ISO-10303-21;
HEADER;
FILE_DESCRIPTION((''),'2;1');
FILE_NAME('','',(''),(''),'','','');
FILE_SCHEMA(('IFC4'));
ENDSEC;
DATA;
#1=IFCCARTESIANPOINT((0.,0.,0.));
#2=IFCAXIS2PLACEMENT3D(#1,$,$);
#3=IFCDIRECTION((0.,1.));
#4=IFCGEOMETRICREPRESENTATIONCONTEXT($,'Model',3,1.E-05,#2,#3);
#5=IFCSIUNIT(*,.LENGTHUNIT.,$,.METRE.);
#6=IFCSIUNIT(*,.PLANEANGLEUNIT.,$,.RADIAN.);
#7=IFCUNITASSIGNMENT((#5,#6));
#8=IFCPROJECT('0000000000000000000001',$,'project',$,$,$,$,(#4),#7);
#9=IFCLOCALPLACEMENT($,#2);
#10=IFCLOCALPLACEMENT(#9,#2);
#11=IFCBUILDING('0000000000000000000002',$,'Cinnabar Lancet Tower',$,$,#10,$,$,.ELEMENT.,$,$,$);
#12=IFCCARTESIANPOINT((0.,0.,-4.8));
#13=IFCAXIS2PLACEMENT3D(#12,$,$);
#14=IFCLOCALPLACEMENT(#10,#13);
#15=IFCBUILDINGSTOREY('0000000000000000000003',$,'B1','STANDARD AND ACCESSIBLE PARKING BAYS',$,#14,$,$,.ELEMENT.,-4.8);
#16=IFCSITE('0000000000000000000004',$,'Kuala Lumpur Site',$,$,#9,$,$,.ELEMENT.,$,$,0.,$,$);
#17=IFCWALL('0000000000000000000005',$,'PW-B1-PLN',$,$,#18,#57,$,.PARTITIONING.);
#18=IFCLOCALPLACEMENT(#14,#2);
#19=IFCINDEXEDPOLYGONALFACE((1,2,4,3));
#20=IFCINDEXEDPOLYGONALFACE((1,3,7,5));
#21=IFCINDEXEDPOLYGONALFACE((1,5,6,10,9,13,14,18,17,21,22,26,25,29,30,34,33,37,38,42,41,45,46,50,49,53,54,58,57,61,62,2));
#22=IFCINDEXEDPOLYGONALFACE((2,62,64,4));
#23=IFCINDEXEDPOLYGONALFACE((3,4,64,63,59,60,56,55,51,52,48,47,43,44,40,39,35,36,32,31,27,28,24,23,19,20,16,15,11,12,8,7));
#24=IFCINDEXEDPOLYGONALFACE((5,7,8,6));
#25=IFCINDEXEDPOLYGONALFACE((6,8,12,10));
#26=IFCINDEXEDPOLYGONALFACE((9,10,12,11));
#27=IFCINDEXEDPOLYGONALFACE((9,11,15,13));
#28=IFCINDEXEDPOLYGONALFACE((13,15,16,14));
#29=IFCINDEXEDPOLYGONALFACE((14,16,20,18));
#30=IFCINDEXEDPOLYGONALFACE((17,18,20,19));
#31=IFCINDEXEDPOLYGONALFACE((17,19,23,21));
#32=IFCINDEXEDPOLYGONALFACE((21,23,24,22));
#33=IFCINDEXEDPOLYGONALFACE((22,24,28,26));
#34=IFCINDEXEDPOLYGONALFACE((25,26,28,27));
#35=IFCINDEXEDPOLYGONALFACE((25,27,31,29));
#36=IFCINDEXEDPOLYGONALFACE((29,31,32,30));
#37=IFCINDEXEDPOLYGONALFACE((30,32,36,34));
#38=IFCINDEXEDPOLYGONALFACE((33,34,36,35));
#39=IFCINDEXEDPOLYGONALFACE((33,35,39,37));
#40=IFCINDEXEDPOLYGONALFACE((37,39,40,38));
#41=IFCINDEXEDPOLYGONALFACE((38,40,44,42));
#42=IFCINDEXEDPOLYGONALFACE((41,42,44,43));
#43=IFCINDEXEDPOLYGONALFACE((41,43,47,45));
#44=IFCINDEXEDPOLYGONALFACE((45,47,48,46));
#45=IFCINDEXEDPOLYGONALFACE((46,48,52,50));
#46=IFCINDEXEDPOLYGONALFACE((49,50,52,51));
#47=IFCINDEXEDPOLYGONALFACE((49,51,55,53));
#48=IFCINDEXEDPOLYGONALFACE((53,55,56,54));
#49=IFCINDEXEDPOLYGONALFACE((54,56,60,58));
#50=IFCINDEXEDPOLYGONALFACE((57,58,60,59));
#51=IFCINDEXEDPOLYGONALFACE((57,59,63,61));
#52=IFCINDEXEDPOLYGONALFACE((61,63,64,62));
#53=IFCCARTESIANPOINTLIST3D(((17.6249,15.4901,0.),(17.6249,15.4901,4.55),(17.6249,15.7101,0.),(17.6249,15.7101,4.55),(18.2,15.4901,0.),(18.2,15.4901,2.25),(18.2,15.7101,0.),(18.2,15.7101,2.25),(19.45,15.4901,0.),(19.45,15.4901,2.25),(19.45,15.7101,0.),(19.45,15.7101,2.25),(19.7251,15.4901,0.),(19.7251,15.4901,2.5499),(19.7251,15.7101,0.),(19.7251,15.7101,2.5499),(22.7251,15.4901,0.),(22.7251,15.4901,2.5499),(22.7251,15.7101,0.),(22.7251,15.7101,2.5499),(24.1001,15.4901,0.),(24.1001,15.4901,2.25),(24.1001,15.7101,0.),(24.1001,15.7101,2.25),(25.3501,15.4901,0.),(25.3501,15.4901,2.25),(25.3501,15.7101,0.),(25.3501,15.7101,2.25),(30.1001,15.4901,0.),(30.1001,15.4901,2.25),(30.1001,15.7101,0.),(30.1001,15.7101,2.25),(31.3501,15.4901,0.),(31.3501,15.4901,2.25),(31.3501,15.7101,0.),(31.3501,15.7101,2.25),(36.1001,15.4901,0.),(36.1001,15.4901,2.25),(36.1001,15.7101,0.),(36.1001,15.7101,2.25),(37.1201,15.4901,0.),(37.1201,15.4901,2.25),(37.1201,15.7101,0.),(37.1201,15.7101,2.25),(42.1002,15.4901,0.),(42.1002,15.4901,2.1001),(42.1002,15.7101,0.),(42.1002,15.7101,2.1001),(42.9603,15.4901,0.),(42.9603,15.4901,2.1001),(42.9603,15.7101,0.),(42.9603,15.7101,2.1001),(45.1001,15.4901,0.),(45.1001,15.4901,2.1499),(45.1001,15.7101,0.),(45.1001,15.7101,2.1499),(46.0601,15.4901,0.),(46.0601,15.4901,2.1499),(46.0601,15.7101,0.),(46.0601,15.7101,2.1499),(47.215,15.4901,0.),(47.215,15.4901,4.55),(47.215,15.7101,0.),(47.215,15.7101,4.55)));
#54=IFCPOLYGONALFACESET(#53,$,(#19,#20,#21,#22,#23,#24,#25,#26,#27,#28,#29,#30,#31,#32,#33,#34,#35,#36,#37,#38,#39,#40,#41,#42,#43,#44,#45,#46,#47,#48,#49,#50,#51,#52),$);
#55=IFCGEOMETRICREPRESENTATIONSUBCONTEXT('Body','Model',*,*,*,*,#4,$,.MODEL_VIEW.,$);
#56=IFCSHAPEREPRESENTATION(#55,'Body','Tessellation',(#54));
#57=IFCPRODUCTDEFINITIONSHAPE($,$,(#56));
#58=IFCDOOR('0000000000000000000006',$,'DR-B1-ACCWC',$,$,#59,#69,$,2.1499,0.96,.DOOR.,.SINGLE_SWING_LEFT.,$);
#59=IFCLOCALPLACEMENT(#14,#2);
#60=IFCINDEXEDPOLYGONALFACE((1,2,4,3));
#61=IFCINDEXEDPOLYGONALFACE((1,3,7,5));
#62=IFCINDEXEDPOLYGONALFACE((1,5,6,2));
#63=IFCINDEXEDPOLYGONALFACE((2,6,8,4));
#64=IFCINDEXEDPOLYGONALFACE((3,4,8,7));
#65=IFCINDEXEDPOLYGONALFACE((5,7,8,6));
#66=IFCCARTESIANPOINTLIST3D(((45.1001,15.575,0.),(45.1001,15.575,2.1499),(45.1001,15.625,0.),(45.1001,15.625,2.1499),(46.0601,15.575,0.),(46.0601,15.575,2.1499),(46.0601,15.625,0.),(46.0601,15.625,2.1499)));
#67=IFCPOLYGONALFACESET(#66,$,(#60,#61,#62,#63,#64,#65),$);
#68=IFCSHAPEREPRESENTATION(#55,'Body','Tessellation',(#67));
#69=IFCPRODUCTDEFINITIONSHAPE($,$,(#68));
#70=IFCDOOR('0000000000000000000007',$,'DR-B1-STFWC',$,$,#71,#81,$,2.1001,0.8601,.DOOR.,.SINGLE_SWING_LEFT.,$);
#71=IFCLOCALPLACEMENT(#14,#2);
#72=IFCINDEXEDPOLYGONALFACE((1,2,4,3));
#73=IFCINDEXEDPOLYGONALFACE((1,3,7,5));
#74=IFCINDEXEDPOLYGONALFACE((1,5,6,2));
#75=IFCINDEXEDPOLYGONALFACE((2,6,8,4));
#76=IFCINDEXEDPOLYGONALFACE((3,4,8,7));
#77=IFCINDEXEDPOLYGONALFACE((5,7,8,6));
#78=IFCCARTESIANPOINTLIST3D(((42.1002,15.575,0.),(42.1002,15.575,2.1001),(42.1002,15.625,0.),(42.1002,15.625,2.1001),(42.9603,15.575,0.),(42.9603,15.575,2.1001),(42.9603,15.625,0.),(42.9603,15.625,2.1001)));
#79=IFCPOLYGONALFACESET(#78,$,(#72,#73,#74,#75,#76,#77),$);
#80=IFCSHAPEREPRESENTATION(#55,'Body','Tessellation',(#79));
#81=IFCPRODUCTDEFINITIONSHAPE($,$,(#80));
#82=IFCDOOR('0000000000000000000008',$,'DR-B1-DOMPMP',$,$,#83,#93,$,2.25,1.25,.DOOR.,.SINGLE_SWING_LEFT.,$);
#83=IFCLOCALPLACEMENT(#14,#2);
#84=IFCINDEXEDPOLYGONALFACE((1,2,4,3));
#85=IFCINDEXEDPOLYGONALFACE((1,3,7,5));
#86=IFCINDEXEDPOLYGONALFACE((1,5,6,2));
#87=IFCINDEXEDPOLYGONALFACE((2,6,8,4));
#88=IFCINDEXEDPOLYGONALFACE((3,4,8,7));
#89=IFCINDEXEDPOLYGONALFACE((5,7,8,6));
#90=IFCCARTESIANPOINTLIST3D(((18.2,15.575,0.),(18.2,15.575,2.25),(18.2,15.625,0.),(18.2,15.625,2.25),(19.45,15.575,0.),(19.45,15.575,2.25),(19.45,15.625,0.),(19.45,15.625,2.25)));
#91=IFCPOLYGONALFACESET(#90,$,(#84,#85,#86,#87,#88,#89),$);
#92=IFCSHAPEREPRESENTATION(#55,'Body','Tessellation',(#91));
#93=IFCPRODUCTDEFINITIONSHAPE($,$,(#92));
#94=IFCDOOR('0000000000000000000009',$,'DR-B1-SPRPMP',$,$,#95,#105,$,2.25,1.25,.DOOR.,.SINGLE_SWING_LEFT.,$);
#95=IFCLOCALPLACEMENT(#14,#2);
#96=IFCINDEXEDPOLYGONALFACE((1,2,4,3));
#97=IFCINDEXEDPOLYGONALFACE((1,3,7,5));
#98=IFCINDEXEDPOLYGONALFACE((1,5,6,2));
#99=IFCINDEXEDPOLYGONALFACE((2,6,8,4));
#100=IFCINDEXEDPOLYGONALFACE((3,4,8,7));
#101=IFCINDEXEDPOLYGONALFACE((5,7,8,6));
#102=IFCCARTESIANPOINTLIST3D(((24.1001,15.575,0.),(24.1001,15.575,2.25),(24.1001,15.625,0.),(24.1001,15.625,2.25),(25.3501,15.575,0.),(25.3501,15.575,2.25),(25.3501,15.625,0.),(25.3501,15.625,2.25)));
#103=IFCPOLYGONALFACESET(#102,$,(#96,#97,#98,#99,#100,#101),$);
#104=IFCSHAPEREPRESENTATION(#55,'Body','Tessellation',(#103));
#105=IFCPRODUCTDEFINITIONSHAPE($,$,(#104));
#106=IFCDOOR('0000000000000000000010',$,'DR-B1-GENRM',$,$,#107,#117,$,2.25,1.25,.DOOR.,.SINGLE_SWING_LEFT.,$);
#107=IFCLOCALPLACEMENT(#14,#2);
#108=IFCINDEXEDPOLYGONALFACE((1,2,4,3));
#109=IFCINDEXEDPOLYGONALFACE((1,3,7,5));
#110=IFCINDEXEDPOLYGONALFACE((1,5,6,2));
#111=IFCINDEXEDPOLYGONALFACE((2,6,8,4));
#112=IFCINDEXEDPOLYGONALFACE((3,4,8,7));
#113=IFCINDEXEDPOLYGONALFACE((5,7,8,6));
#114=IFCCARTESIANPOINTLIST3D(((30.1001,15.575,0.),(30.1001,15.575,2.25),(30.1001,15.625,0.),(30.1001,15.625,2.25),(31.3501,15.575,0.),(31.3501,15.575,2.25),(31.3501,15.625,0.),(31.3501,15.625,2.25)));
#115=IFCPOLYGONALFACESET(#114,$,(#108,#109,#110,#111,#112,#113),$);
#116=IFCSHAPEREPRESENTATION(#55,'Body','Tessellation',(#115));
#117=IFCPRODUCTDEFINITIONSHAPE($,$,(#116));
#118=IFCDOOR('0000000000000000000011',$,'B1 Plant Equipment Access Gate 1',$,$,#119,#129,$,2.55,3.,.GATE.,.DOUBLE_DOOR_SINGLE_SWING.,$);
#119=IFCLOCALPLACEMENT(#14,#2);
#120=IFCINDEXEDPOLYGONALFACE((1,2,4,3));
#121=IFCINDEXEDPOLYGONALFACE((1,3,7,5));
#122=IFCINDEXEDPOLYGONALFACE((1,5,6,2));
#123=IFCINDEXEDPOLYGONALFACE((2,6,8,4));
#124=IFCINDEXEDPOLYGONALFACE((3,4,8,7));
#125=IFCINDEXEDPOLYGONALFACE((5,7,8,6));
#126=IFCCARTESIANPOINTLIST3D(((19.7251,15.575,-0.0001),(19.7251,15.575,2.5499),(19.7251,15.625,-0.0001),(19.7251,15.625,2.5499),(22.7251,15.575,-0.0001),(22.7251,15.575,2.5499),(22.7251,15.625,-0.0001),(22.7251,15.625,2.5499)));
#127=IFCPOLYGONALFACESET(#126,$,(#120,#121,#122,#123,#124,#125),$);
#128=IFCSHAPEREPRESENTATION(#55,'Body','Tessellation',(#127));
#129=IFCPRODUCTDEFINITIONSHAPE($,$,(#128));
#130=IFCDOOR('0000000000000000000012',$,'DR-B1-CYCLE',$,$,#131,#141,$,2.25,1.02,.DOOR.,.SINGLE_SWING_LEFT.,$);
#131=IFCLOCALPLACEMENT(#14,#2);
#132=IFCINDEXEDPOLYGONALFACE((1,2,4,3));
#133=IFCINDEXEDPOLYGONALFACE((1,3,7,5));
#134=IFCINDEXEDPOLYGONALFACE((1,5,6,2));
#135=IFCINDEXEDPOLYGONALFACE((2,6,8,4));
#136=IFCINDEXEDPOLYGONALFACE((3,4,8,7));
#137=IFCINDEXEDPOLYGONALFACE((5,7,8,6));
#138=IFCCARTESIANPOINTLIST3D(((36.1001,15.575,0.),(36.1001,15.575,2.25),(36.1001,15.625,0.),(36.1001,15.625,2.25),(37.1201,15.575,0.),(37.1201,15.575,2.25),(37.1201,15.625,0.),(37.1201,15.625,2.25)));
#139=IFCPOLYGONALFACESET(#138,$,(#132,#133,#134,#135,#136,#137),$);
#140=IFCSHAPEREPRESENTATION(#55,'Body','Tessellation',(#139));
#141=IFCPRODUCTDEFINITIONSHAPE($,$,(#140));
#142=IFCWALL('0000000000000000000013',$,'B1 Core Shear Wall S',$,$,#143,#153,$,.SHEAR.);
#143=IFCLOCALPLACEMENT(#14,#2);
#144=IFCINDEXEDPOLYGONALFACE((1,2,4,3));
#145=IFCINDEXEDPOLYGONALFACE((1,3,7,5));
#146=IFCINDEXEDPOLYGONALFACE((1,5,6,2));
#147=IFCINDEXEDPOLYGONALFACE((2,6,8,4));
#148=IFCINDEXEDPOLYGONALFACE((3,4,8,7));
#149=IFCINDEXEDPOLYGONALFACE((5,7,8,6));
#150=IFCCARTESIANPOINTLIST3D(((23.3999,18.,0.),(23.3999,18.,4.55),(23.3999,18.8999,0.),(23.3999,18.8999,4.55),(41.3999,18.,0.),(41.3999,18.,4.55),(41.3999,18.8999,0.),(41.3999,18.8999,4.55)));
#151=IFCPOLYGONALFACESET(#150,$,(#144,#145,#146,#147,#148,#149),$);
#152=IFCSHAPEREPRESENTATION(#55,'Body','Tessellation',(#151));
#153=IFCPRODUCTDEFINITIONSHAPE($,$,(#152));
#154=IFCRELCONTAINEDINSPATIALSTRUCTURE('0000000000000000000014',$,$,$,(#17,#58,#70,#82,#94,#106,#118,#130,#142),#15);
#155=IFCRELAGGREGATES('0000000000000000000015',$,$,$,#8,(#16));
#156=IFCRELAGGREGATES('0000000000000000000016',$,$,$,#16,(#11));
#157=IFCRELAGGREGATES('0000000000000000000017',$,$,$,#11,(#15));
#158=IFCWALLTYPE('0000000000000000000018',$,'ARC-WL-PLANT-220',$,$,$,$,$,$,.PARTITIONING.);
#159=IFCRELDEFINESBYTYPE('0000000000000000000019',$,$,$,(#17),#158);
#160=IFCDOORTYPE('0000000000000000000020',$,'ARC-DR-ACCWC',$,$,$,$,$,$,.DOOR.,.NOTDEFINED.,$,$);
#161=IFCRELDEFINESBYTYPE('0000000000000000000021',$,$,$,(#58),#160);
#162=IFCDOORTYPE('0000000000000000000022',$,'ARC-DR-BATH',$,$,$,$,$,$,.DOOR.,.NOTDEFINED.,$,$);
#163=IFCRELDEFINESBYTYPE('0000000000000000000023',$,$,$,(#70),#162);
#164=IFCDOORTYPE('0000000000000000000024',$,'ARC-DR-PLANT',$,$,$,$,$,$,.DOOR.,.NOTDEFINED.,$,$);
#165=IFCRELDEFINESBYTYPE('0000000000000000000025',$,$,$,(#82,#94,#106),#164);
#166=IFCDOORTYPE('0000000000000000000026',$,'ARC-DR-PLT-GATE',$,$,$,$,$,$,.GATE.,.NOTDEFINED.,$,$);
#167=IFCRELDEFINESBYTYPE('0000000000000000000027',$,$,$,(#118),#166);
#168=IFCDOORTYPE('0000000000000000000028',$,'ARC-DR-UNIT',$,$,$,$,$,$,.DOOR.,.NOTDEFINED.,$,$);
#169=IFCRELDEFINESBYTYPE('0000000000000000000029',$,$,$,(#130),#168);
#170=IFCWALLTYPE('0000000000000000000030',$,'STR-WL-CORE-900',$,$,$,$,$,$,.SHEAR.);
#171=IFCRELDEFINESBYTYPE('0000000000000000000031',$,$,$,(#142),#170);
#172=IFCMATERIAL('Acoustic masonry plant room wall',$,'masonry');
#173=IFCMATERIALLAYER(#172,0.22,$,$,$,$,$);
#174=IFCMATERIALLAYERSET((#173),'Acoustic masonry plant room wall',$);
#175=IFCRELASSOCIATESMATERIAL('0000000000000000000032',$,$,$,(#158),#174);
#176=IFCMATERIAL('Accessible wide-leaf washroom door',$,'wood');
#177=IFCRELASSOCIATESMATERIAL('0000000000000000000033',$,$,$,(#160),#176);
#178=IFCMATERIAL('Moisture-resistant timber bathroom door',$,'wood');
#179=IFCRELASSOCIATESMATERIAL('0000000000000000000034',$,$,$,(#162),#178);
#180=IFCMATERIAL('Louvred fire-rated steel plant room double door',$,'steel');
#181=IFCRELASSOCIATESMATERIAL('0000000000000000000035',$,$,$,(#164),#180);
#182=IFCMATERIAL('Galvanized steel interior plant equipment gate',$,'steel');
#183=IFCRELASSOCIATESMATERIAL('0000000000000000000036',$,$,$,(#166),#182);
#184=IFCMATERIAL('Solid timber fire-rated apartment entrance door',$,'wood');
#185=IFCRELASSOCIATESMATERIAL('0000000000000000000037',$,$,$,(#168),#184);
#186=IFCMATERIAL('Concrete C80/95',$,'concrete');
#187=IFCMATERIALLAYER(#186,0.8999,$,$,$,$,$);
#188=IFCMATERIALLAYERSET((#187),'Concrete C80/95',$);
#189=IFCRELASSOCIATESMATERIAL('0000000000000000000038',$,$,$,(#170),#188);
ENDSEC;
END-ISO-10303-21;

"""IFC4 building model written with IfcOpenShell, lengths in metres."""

from ifc_helpers import new_model, si_unit, direction, frame, frame_2d, origin, place, context, subcontext, project, spatial, rectangle, extrude, material, layer, layer_set, type_object, element, fill, save


model = new_model("IFC4")

# Units and contexts
model_context = context("Model", 3, precision=1e-05, world=origin(), true_north=direction((0.0, 1.0)))
body_context = subcontext(model_context, "Body", "Model", "MODEL_VIEW")
ifc_project = project(units=[si_unit("LENGTHUNIT", "METRE"), si_unit("PLANEANGLEUNIT", "RADIAN")], contexts=[model_context])

# Site, building, storey
site_placement = place(None, origin())
site = spatial("IfcSite", under=ifc_project, at=site_placement, Name="Kuala Lumpur Site", CompositionType="ELEMENT", RefElevation=0.0)
building_placement = place(site_placement, origin())
building = spatial("IfcBuilding", under=site, at=building_placement, Name="Cinnabar Lancet Tower", CompositionType="ELEMENT")
storey_placement = place(building_placement, frame((0.0, 0.0, -4.8)))
storey = spatial("IfcBuildingStorey", under=building, at=storey_placement, Name="B1", Description="STANDARD AND ACCESSIBLE PARKING BAYS", CompositionType="ELEMENT", Elevation=-4.8)

# Wall, openings, doors
ifc_material_1 = material(Name="Acoustic masonry plant room wall", Category="masonry")
ifc_layer_1 = layer(ifc_material_1, 0.22)
ifc_layer_set_1 = layer_set([ifc_layer_1], Name="Acoustic masonry plant room wall")
wall_type_1 = type_object("IfcWallType", Name="ARC-WL-PLANT-220", PredefinedType="PARTITIONING", material=ifc_layer_set_1)
wall_1_placement = place(storey_placement, frame((17.625, 15.6001, 0.0), z_axis=(0.0, 0.0, 1.0), x_axis=(1.0, 0.0, 0.0)))
wall_1 = element("IfcWall", 1, at=wall_1_placement, inside=storey, type_object=wall_type_1, Name="PW-B1-PLN", PredefinedType="PARTITIONING", context=body_context, shape_type="SweptSolid", body=[
    extrude(rectangle(XDim=29.5901, YDim=0.22, at=frame_2d((14.7949, 0.0))), origin(), (0.0, 0.0, 1.0), 4.55),
])
opening_1_placement = place(wall_1_placement, frame((0.575, 0.0, 0.0)))
opening_1 = element("IfcOpeningElement", 2, at=opening_1_placement, cuts=wall_1, PredefinedType="OPENING", context=body_context, shape_type="SweptSolid", body=[
    extrude(rectangle(XDim=1.25, YDim=2.25, at=frame_2d((0.625, 1.125))), frame((0.0, 0.1199, 0.0), z_axis=(0.0, -1.0, 0.0), x_axis=(1.0, 0.0, 0.0)), (0.0, 0.0, 1.0), 0.24),
])
opening_2_placement = place(wall_1_placement, frame((6.4751, 0.0, 0.0)))
opening_2 = element("IfcOpeningElement", 3, at=opening_2_placement, cuts=wall_1, PredefinedType="OPENING", context=body_context, shape_type="SweptSolid", body=[
    extrude(rectangle(XDim=1.25, YDim=2.25, at=frame_2d((0.625, 1.125))), frame((0.0, 0.1199, 0.0), z_axis=(0.0, -1.0, 0.0), x_axis=(1.0, 0.0, 0.0)), (0.0, 0.0, 1.0), 0.24),
])
opening_3_placement = place(wall_1_placement, frame((12.4751, 0.0, 0.0)))
opening_3 = element("IfcOpeningElement", 4, at=opening_3_placement, cuts=wall_1, PredefinedType="OPENING", context=body_context, shape_type="SweptSolid", body=[
    extrude(rectangle(XDim=1.25, YDim=2.25, at=frame_2d((0.625, 1.125))), frame((0.0, 0.1199, 0.0), z_axis=(0.0, -1.0, 0.0), x_axis=(1.0, 0.0, 0.0)), (0.0, 0.0, 1.0), 0.24),
])
opening_4_placement = place(wall_1_placement, frame((18.4751, 0.0, 0.0)))
opening_4 = element("IfcOpeningElement", 5, at=opening_4_placement, cuts=wall_1, PredefinedType="OPENING", context=body_context, shape_type="SweptSolid", body=[
    extrude(rectangle(XDim=1.02, YDim=2.25, at=frame_2d((0.51, 1.125))), frame((0.0, 0.1199, 0.0), z_axis=(0.0, -1.0, 0.0), x_axis=(1.0, 0.0, 0.0)), (0.0, 0.0, 1.0), 0.24),
])
opening_5_placement = place(wall_1_placement, frame((24.4751, 0.0, 0.0)))
opening_5 = element("IfcOpeningElement", 6, at=opening_5_placement, cuts=wall_1, PredefinedType="OPENING", context=body_context, shape_type="SweptSolid", body=[
    extrude(rectangle(XDim=0.8601, YDim=2.1001, at=frame_2d((0.4302, 1.05))), frame((0.0, 0.1199, 0.0), z_axis=(0.0, -1.0, 0.0), x_axis=(1.0, 0.0, 0.0)), (0.0, 0.0, 1.0), 0.24),
])
opening_6_placement = place(wall_1_placement, frame((27.4751, 0.0, 0.0)))
opening_6 = element("IfcOpeningElement", 7, at=opening_6_placement, cuts=wall_1, PredefinedType="OPENING", context=body_context, shape_type="SweptSolid", body=[
    extrude(rectangle(XDim=0.96, YDim=2.1499, at=frame_2d((0.48, 1.075))), frame((0.0, 0.1199, 0.0), z_axis=(0.0, -1.0, 0.0), x_axis=(1.0, 0.0, 0.0)), (0.0, 0.0, 1.0), 0.24),
])
opening_7_placement = place(wall_1_placement, frame((2.1001, 0.0, 0.0)))
opening_7 = element("IfcOpeningElement", 8, at=opening_7_placement, cuts=wall_1, PredefinedType="OPENING", context=body_context, shape_type="SweptSolid", body=[
    extrude(rectangle(XDim=3.0, YDim=2.55, at=frame_2d((1.5, 1.2749))), frame((0.0, 0.1199, 0.0), z_axis=(0.0, -1.0, 0.0), x_axis=(1.0, 0.0, 0.0)), (0.0, 0.0, 1.0), 0.24),
])
ifc_material_2 = material(Name="Accessible wide-leaf washroom door", Category="wood")
door_type_1 = type_object("IfcDoorType", Name="ARC-DR-ACCWC", OperationType="NOTDEFINED", PredefinedType="DOOR", material=ifc_material_2)
door_1_placement = place(opening_6_placement, origin())
door_1 = element("IfcDoor", 9, at=door_1_placement, inside=storey, type_object=door_type_1, Name="DR-B1-ACCWC", OperationType="SINGLE_SWING_LEFT", OverallHeight=2.1499, OverallWidth=0.96, PredefinedType="DOOR", context=body_context, shape_type="SweptSolid", body=[
    extrude(rectangle(XDim=0.96, YDim=2.1499, at=frame_2d((0.48, 1.075))), frame((0.0, 0.0249, 0.0), z_axis=(0.0, -1.0, 0.0), x_axis=(1.0, 0.0, 0.0)), (0.0, 0.0, 1.0), 0.05),
])
fill(opening_6, door_1)
ifc_material_3 = material(Name="Moisture-resistant timber bathroom door", Category="wood")
door_type_2 = type_object("IfcDoorType", Name="ARC-DR-BATH", OperationType="NOTDEFINED", PredefinedType="DOOR", material=ifc_material_3)
door_2_placement = place(opening_5_placement, origin())
door_2 = element("IfcDoor", 10, at=door_2_placement, inside=storey, type_object=door_type_2, Name="DR-B1-STFWC", OperationType="SINGLE_SWING_LEFT", OverallHeight=2.1001, OverallWidth=0.8601, PredefinedType="DOOR", context=body_context, shape_type="SweptSolid", body=[
    extrude(rectangle(XDim=0.8601, YDim=2.1001, at=frame_2d((0.4302, 1.05))), frame((0.0, 0.0249, 0.0), z_axis=(0.0, -1.0, 0.0), x_axis=(1.0, 0.0, 0.0)), (0.0, 0.0, 1.0), 0.05),
])
fill(opening_5, door_2)
ifc_material_4 = material(Name="Louvred fire-rated steel plant room double door", Category="steel")
door_type_3 = type_object("IfcDoorType", Name="ARC-DR-PLANT", OperationType="NOTDEFINED", PredefinedType="DOOR", material=ifc_material_4)
door_3_placement = place(opening_1_placement, origin())
door_3 = element("IfcDoor", 11, at=door_3_placement, inside=storey, type_object=door_type_3, Name="DR-B1-DOMPMP", OperationType="SINGLE_SWING_LEFT", OverallHeight=2.25, OverallWidth=1.25, PredefinedType="DOOR", context=body_context, shape_type="SweptSolid", body=[
    extrude(rectangle(XDim=1.25, YDim=2.25, at=frame_2d((0.625, 1.125))), frame((0.0, 0.0249, 0.0), z_axis=(0.0, -1.0, 0.0), x_axis=(1.0, 0.0, 0.0)), (0.0, 0.0, 1.0), 0.05),
])
fill(opening_1, door_3)
door_4_placement = place(opening_2_placement, origin())
door_4 = element("IfcDoor", 12, at=door_4_placement, inside=storey, type_object=door_type_3, Name="DR-B1-SPRPMP", OperationType="SINGLE_SWING_LEFT", OverallHeight=2.25, OverallWidth=1.25, PredefinedType="DOOR", context=body_context, shape_type="SweptSolid", body=[
    extrude(rectangle(XDim=1.25, YDim=2.25, at=frame_2d((0.625, 1.125))), frame((0.0, 0.0249, 0.0), z_axis=(0.0, -1.0, 0.0), x_axis=(1.0, 0.0, 0.0)), (0.0, 0.0, 1.0), 0.05),
])
fill(opening_2, door_4)
door_5_placement = place(opening_3_placement, origin())
door_5 = element("IfcDoor", 13, at=door_5_placement, inside=storey, type_object=door_type_3, Name="DR-B1-GENRM", OperationType="SINGLE_SWING_LEFT", OverallHeight=2.25, OverallWidth=1.25, PredefinedType="DOOR", context=body_context, shape_type="SweptSolid", body=[
    extrude(rectangle(XDim=1.25, YDim=2.25, at=frame_2d((0.625, 1.125))), frame((0.0, 0.0249, 0.0), z_axis=(0.0, -1.0, 0.0), x_axis=(1.0, 0.0, 0.0)), (0.0, 0.0, 1.0), 0.05),
])
fill(opening_3, door_5)
ifc_material_5 = material(Name="Galvanized steel interior plant equipment gate", Category="steel")
door_type_4 = type_object("IfcDoorType", Name="ARC-DR-PLT-GATE", OperationType="NOTDEFINED", PredefinedType="GATE", material=ifc_material_5)
door_6_placement = place(opening_7_placement, origin())
door_6 = element("IfcDoor", 14, at=door_6_placement, inside=storey, type_object=door_type_4, Name="B1 Plant Equipment Access Gate 1", OperationType="DOUBLE_DOOR_SINGLE_SWING", OverallHeight=2.55, OverallWidth=3.0, PredefinedType="GATE", context=body_context, shape_type="SweptSolid", body=[
    extrude(rectangle(XDim=3.0, YDim=2.55, at=frame_2d((1.5, 1.2749))), frame((0.0, 0.0249, 0.0), z_axis=(0.0, -1.0, 0.0), x_axis=(1.0, 0.0, 0.0)), (0.0, 0.0, 1.0), 0.05),
])
fill(opening_7, door_6)
ifc_material_6 = material(Name="Solid timber fire-rated apartment entrance door", Category="wood")
door_type_5 = type_object("IfcDoorType", Name="ARC-DR-UNIT", OperationType="NOTDEFINED", PredefinedType="DOOR", material=ifc_material_6)
door_7_placement = place(opening_4_placement, origin())
door_7 = element("IfcDoor", 15, at=door_7_placement, inside=storey, type_object=door_type_5, Name="DR-B1-CYCLE", OperationType="SINGLE_SWING_LEFT", OverallHeight=2.25, OverallWidth=1.02, PredefinedType="DOOR", context=body_context, shape_type="SweptSolid", body=[
    extrude(rectangle(XDim=1.02, YDim=2.25, at=frame_2d((0.51, 1.125))), frame((0.0, 0.0249, 0.0), z_axis=(0.0, -1.0, 0.0), x_axis=(1.0, 0.0, 0.0)), (0.0, 0.0, 1.0), 0.05),
])
fill(opening_4, door_7)

# Wall
ifc_material_7 = material(Name="Concrete C80/95", Category="concrete")
ifc_layer_2 = layer(ifc_material_7, 0.8999)
ifc_layer_set_2 = layer_set([ifc_layer_2], Name="Concrete C80/95")
wall_type_2 = type_object("IfcWallType", Name="STR-WL-CORE-900", PredefinedType="SHEAR", material=ifc_layer_set_2)
wall_2_placement = place(storey_placement, frame((23.3999, 18.45, 0.0), z_axis=(0.0, 0.0, 1.0), x_axis=(1.0, 0.0, 0.0)))
element("IfcWall", 16, at=wall_2_placement, inside=storey, type_object=wall_type_2, Name="B1 Core Shear Wall S", PredefinedType="SHEAR", context=body_context, shape_type="SweptSolid", body=[
    extrude(rectangle(XDim=18.0, YDim=0.8999, at=frame_2d((9.0, 0.0))), origin(), (0.0, 0.0, 1.0), 4.55),
])

save(model, "model.ifc")
